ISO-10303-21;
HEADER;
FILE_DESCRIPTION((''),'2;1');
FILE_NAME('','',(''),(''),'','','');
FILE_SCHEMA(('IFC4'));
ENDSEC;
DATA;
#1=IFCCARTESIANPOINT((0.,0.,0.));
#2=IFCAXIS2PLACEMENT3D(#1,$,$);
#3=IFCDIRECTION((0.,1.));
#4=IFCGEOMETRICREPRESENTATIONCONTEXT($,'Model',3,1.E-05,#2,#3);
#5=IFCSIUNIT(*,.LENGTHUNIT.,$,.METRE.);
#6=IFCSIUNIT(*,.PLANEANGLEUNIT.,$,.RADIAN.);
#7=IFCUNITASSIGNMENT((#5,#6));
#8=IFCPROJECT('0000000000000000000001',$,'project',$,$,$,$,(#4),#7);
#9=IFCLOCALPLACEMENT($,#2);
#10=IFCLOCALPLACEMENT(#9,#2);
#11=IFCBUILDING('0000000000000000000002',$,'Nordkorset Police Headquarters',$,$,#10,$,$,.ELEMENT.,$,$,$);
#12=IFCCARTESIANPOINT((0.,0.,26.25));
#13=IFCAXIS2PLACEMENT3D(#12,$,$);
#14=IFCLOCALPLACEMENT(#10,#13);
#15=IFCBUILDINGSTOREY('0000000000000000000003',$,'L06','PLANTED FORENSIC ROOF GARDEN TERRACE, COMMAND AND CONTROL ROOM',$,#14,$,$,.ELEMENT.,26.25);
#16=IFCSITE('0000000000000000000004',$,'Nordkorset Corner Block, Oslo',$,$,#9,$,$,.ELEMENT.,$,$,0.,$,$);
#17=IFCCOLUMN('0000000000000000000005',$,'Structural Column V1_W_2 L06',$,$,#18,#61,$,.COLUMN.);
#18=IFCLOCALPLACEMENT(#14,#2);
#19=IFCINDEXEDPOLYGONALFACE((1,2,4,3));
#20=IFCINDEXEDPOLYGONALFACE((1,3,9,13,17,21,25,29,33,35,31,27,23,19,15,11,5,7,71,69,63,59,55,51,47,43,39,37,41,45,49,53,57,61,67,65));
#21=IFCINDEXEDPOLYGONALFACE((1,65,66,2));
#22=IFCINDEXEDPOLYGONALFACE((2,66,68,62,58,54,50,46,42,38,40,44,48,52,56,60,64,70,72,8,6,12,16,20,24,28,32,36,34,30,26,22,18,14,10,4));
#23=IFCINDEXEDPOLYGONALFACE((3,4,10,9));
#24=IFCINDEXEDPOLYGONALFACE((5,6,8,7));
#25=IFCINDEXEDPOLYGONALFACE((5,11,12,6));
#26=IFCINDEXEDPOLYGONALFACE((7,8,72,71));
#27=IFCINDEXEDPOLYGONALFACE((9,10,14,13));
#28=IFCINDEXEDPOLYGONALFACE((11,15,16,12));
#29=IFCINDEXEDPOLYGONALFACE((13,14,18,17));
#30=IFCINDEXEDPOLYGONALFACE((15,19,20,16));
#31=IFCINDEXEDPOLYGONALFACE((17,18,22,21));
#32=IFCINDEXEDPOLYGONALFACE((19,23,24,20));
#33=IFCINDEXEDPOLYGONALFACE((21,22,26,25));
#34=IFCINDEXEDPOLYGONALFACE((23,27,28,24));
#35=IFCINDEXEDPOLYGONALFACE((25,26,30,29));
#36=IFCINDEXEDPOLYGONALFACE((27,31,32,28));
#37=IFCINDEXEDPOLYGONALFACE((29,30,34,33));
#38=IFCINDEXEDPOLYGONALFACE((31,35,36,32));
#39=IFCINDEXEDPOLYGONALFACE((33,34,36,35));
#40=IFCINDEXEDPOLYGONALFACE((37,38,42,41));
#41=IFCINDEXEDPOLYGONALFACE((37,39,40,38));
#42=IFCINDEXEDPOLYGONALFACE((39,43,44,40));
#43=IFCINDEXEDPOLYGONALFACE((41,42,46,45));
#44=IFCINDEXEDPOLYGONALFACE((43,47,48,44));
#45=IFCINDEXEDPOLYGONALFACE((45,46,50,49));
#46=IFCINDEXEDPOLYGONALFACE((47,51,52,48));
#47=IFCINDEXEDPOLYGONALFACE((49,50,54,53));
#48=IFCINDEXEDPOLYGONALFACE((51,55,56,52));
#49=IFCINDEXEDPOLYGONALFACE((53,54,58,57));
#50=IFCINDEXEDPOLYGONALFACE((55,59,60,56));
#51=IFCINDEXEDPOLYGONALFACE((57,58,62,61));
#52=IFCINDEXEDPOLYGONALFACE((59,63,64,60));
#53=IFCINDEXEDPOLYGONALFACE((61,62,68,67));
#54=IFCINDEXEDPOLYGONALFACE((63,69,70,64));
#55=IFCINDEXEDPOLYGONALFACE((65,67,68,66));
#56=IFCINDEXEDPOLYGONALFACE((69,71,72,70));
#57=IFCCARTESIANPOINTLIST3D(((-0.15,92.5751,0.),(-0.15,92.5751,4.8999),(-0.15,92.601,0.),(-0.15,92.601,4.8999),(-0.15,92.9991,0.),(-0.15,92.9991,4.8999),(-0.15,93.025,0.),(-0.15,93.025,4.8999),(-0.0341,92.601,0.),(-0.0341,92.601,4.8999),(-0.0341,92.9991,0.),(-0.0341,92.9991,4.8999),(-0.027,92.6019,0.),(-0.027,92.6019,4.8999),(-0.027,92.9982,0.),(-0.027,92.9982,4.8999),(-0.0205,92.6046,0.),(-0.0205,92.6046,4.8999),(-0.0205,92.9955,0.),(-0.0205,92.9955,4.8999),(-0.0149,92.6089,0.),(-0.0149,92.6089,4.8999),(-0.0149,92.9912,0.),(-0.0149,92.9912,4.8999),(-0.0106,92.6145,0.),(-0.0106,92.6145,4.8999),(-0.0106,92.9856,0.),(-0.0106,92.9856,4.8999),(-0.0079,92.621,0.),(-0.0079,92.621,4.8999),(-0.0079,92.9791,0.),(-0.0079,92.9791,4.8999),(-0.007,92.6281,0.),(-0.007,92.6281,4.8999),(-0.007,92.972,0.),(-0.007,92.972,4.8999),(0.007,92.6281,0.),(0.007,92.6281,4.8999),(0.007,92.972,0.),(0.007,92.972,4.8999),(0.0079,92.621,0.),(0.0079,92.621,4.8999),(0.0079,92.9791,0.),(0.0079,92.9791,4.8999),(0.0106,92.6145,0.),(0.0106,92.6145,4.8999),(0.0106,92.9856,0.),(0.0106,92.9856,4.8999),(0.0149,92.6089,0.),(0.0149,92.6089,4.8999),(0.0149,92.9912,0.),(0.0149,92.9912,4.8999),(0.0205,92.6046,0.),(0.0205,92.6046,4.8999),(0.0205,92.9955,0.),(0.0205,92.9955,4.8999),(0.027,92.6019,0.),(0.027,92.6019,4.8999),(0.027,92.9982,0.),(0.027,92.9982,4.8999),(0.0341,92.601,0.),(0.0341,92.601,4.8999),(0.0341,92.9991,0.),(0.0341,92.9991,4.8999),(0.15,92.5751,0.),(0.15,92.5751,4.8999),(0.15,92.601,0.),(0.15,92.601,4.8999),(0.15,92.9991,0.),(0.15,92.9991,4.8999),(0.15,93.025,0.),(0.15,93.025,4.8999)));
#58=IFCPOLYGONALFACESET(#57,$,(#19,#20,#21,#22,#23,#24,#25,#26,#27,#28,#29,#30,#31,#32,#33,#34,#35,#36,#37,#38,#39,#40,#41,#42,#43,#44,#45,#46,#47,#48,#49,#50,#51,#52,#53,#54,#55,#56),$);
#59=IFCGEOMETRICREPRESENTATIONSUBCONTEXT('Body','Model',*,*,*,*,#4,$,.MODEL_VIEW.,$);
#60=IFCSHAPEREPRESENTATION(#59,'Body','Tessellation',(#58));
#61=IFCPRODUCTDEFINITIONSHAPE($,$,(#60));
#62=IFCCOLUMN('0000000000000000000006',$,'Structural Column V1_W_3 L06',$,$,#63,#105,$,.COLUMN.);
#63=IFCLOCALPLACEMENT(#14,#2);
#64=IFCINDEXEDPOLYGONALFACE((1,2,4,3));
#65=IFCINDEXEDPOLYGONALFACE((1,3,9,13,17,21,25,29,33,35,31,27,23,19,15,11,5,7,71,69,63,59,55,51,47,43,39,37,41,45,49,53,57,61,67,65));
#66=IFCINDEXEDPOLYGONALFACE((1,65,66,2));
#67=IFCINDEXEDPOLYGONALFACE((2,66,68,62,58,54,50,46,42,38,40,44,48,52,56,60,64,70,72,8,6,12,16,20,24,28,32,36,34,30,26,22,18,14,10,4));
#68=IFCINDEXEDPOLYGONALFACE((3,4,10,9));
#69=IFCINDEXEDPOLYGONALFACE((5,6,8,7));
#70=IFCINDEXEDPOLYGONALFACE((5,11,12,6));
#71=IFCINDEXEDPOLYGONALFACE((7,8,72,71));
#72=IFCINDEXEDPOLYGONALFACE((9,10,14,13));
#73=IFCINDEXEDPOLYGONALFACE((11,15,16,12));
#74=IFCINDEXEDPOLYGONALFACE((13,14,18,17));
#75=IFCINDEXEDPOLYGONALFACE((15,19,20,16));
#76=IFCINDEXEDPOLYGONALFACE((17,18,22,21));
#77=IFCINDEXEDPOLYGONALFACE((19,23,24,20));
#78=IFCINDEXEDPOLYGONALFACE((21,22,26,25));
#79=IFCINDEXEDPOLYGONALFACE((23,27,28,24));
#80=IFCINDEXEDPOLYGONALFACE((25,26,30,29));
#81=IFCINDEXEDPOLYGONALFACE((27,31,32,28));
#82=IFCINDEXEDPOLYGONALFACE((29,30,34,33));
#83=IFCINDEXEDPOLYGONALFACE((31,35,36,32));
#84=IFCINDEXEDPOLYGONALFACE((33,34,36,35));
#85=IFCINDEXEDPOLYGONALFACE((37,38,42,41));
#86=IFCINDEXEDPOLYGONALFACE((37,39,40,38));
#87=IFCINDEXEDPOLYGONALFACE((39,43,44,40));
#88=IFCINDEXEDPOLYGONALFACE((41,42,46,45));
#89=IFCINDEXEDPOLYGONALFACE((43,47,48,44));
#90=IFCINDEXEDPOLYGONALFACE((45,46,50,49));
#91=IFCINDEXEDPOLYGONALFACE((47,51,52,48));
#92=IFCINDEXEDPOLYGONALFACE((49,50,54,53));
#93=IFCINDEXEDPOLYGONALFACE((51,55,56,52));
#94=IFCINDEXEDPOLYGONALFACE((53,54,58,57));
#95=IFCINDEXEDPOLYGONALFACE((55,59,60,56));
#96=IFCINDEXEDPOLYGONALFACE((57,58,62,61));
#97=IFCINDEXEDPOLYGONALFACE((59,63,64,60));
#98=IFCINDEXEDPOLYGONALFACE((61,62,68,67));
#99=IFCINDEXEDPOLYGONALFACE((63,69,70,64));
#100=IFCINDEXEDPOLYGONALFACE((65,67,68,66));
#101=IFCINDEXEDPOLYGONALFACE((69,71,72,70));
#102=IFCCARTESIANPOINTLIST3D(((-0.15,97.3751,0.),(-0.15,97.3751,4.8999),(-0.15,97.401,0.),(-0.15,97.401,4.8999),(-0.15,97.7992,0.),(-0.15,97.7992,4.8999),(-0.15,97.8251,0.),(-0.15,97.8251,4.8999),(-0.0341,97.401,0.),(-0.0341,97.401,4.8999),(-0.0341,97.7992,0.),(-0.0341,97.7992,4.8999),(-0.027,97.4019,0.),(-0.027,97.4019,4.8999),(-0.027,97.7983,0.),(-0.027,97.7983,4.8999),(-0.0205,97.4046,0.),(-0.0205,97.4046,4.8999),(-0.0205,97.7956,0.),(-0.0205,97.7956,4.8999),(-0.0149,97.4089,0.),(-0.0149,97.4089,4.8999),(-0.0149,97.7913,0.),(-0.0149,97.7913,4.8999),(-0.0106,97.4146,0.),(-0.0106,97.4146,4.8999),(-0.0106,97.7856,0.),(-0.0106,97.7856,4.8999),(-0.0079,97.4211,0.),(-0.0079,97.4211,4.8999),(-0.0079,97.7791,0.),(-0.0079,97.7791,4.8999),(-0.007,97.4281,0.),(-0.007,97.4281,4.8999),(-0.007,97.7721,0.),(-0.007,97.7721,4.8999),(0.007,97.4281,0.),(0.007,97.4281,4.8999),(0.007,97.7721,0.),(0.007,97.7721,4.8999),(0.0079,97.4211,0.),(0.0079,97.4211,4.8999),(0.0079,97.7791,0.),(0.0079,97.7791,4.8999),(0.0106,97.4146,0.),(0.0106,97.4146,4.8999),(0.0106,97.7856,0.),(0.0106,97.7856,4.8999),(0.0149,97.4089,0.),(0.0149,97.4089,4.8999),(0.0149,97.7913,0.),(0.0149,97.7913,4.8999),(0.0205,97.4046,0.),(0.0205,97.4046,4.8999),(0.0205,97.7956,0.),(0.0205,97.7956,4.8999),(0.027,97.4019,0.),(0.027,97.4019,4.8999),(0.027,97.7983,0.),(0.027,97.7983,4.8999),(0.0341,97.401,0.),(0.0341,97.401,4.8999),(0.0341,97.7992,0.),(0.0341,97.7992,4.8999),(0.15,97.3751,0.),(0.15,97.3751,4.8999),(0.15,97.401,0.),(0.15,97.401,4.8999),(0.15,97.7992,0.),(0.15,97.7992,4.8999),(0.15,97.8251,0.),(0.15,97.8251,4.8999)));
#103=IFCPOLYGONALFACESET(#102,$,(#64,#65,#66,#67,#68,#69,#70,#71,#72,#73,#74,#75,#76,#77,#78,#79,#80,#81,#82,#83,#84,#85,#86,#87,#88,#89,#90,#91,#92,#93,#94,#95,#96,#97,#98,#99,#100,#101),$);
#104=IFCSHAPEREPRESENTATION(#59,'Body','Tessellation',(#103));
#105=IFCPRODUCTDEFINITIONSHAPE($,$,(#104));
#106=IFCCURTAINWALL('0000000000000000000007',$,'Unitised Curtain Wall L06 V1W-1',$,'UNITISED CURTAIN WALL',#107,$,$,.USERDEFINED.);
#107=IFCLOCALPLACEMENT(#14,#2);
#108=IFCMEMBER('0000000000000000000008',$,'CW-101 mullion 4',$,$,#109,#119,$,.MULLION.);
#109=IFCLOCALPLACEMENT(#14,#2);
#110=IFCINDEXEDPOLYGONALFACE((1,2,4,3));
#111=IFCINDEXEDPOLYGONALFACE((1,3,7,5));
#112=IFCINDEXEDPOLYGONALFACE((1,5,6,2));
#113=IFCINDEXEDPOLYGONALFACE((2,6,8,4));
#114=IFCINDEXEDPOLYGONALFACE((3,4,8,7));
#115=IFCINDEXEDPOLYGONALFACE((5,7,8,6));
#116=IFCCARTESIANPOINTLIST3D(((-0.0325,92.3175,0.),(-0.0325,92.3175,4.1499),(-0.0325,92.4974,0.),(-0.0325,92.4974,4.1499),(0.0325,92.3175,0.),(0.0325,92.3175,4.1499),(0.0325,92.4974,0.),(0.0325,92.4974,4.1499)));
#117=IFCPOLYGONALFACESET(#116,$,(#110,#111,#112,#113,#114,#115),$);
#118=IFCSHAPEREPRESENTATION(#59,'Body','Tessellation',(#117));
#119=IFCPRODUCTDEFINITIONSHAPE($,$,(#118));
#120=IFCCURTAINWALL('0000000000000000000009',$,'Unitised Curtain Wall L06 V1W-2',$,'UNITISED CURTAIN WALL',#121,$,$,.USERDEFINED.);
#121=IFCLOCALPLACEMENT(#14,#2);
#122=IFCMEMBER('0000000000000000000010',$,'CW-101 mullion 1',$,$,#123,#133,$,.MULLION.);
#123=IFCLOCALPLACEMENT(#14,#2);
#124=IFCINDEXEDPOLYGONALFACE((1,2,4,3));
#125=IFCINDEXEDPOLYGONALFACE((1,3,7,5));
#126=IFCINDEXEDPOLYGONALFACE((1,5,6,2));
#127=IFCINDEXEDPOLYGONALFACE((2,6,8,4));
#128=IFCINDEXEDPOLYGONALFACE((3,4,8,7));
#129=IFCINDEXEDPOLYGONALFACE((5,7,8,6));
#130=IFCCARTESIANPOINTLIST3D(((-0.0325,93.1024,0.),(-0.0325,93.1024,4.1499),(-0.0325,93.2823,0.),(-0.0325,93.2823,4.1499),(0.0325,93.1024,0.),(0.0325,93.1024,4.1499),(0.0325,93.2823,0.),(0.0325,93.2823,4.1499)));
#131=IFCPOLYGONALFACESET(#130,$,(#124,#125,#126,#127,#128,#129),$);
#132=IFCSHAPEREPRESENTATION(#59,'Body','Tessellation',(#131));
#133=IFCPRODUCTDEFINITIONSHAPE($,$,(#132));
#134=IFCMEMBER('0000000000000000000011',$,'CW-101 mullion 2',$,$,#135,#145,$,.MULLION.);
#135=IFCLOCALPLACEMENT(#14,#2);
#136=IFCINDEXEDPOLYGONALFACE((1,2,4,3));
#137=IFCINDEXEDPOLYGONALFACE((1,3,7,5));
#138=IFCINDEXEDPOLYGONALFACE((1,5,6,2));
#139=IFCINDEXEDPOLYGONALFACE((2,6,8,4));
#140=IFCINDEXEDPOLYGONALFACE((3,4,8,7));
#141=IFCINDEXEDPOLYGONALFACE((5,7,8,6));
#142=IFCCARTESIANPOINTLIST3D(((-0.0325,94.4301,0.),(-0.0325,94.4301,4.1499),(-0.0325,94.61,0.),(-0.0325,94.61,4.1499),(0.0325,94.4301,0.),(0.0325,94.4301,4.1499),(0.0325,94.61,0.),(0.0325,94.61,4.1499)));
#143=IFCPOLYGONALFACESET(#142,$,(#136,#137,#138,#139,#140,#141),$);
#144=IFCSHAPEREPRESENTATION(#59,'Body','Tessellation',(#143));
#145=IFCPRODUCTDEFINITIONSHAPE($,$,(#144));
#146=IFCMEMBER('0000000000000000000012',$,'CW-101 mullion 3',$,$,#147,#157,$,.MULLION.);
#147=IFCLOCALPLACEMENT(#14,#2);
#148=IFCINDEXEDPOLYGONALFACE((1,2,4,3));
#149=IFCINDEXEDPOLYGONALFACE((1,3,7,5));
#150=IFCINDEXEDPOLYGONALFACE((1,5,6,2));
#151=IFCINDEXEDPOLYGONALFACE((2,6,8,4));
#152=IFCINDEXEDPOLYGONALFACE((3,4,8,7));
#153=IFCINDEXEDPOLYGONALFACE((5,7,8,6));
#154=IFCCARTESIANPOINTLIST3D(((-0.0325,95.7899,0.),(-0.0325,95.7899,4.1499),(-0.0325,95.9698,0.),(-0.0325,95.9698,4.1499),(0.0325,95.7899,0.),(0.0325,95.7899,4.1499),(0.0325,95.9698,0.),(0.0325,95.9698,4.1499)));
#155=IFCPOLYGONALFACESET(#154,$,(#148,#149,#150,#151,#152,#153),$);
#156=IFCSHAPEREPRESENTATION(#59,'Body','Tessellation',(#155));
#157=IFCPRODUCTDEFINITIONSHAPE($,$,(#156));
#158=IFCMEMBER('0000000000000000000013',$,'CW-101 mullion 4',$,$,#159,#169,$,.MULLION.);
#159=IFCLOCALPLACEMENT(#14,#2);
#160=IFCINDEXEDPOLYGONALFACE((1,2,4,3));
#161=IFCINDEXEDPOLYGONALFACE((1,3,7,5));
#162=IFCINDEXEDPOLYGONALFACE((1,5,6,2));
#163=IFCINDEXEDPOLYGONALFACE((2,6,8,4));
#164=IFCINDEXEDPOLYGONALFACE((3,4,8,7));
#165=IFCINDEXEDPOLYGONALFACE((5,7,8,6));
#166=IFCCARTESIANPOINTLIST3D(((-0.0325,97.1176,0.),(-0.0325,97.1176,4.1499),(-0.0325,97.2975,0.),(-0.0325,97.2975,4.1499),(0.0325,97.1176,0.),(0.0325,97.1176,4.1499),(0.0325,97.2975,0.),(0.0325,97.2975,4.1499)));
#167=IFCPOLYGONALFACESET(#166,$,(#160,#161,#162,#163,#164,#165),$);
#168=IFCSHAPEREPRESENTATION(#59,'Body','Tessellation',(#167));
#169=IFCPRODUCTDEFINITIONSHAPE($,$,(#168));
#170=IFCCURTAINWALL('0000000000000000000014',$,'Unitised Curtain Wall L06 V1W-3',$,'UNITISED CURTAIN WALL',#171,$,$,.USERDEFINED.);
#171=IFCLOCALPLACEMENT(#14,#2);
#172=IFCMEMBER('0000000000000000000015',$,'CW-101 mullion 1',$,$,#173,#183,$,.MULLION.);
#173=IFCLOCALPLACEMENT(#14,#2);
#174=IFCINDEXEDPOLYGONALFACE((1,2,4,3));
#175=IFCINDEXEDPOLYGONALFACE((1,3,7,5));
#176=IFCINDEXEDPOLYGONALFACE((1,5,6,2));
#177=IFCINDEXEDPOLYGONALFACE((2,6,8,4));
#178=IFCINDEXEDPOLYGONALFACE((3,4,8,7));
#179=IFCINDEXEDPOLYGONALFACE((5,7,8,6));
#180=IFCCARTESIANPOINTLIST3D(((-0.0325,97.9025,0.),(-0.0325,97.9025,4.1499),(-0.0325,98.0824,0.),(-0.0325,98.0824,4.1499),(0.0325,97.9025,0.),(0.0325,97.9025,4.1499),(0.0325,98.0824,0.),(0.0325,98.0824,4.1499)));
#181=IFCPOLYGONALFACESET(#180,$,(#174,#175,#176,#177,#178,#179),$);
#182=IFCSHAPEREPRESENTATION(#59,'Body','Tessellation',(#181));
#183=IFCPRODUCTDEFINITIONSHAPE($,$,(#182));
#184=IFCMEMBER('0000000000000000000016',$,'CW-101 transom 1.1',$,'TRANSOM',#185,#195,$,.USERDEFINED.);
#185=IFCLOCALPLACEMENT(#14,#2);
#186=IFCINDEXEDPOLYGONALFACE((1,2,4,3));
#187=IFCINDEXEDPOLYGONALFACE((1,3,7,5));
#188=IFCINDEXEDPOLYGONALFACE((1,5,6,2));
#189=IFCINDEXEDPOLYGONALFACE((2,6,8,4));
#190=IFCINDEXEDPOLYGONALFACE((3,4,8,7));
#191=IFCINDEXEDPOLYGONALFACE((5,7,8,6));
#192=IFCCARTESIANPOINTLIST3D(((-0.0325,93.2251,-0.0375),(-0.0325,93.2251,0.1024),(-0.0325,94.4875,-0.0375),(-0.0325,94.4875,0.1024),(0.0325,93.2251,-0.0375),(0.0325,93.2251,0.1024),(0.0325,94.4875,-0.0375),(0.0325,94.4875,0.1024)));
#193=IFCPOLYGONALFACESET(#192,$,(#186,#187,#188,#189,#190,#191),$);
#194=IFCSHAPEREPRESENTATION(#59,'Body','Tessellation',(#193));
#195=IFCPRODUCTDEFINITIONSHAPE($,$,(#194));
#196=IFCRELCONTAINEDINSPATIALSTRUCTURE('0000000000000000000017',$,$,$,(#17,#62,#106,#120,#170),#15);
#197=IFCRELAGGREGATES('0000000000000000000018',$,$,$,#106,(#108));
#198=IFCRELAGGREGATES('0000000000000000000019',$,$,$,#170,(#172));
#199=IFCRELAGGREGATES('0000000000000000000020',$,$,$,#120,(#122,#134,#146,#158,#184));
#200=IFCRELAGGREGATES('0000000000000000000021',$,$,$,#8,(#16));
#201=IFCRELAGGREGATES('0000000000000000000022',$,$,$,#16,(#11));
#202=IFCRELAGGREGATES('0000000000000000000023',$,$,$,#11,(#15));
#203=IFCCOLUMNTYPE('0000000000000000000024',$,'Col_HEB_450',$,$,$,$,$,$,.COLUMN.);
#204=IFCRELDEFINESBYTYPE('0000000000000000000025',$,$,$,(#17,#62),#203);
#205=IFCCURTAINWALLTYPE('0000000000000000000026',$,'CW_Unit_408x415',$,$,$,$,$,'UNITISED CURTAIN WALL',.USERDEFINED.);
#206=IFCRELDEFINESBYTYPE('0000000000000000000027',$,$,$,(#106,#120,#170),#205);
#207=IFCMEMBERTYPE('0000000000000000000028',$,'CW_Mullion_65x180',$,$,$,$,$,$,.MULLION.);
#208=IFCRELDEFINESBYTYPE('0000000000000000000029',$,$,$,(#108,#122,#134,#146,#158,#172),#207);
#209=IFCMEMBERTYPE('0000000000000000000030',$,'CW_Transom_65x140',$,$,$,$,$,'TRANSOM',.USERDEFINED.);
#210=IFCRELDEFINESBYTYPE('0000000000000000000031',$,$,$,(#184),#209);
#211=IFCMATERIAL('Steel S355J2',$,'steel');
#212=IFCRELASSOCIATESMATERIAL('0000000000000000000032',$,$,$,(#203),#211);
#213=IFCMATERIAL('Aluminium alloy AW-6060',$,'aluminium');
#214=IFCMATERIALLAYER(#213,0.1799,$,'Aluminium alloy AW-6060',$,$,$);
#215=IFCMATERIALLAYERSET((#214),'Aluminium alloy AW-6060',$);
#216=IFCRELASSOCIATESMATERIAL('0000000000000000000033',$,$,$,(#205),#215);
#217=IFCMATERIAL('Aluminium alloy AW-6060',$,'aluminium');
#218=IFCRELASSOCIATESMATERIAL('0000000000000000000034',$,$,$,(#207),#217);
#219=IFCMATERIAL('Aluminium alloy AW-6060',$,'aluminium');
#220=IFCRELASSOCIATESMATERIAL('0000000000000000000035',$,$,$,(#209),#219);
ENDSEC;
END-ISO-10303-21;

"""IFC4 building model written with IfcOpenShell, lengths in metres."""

from ifc_helpers import new_model, si_unit, direction, frame, origin, origin_2d, place, context, subcontext, project, spatial, rectangle, i_section, extrude, material, layer, layer_set, material_profile, profile_set, type_object, element, aggregate, save


model = new_model("IFC4")

# Units and contexts
model_context = context("Model", 3, precision=1e-05, world=origin(), true_north=direction((0.0, 1.0)))
body_context = subcontext(model_context, "Body", "Model", "MODEL_VIEW")
ifc_project = project(units=[si_unit("LENGTHUNIT", "METRE"), si_unit("PLANEANGLEUNIT", "RADIAN")], contexts=[model_context])

# Site, building, storey
site_placement = place(None, origin())
site = spatial("IfcSite", under=ifc_project, at=site_placement, Name="Nordkorset Corner Block, Oslo", CompositionType="ELEMENT", RefElevation=0.0)
building_placement = place(site_placement, origin())
building = spatial("IfcBuilding", under=site, at=building_placement, Name="Nordkorset Police Headquarters", CompositionType="ELEMENT")
storey_placement = place(building_placement, frame((0.0, 0.0, 26.25)))
storey = spatial("IfcBuildingStorey", under=building, at=storey_placement, Name="L06", Description="PLANTED FORENSIC ROOF GARDEN TERRACE, COMMAND AND CONTROL ROOM", CompositionType="ELEMENT", Elevation=26.25)

# Columns
ifc_material_1 = material(Name="Steel S355J2", Category="steel")
ifc_material_profile_1 = material_profile(ifc_material_1, i_section(OverallWidth=0.3, OverallDepth=0.45, WebThickness=0.0139, FlangeThickness=0.0259, FilletRadius=0.0271, at=origin_2d()), Name="HEB 450")
ifc_profile_set_1 = profile_set([ifc_material_profile_1], Name="Steel S355J2")
column_type = type_object("IfcColumnType", Name="Col_HEB_450", PredefinedType="COLUMN", material=ifc_profile_set_1)
for number, where, z_axis, x_axis, name in (
    (1, (0.0, 92.8, 0.0), (0.0, 0.0, 1.0), (1.0, 0.0, 0.0), "Structural Column V1_W_2 L06"),
    (2, (0.0, 97.6001, 0.0), (0.0, 0.0, 1.0), (1.0, 0.0, 0.0), "Structural Column V1_W_3 L06"),
):
    element("IfcColumn", number, at=place(storey_placement, frame(where, z_axis=z_axis, x_axis=x_axis)), inside=storey, type_object=column_type, Name=name, PredefinedType="COLUMN", context=body_context, shape_type="SweptSolid", body=[
        extrude(i_section(OverallWidth=0.3, OverallDepth=0.45, WebThickness=0.0139, FlangeThickness=0.0259, FilletRadius=0.0271, at=origin_2d()), origin(), (0.0, 0.0, 1.0), 4.8999),
    ])

# Curtain wall, member
ifc_material_2 = material(Name="Aluminium alloy AW-6060", Category="aluminium")
ifc_layer_1 = layer(ifc_material_2, 0.1799, Name="Aluminium alloy AW-6060")
ifc_layer_set_1 = layer_set([ifc_layer_1], Name="Aluminium alloy AW-6060")
curtain_wall_type = type_object("IfcCurtainWallType", Name="CW_Unit_408x415", ElementType="UNITISED CURTAIN WALL", PredefinedType="USERDEFINED", material=ifc_layer_set_1)
curtain_wall_1_placement = place(storey_placement, origin())
curtain_wall_1 = element("IfcCurtainWall", 3, at=curtain_wall_1_placement, inside=storey, type_object=curtain_wall_type, Name="Unitised Curtain Wall L06 V1W-1", ObjectType="UNITISED CURTAIN WALL", PredefinedType="USERDEFINED")
ifc_material_3 = material(Name="Aluminium alloy AW-6060", Category="aluminium")
ifc_material_profile_2 = material_profile(ifc_material_3, rectangle(XDim=0.0649, YDim=0.1799, at=origin_2d()), Name="ALU MULL 65x180")
ifc_profile_set_2 = profile_set([ifc_material_profile_2], Name="Aluminium alloy AW-6060")
member_type_1 = type_object("IfcMemberType", Name="CW_Mullion_65x180", PredefinedType="MULLION", material=ifc_profile_set_2)
member_1_placement = place(storey_placement, frame((0.0, 92.4075, 0.0), z_axis=(0.0, 0.0, 1.0), x_axis=(-1.0, 0.0, 0.0)))
member_1 = element("IfcMember", 4, at=member_1_placement, type_object=member_type_1, Name="CW-101 mullion 4", PredefinedType="MULLION", context=body_context, shape_type="SweptSolid", body=[
    extrude(rectangle(XDim=0.0649, YDim=0.1799, at=origin_2d()), origin(), (0.0, 0.0, 1.0), 4.1499),
])
aggregate(curtain_wall_1, [member_1])

# Curtain wall, members
curtain_wall_2_placement = place(storey_placement, origin())
curtain_wall_2 = element("IfcCurtainWall", 5, at=curtain_wall_2_placement, inside=storey, type_object=curtain_wall_type, Name="Unitised Curtain Wall L06 V1W-2", ObjectType="UNITISED CURTAIN WALL", PredefinedType="USERDEFINED")
member_2_placement = place(storey_placement, frame((0.0, 93.1924, 0.0), z_axis=(0.0, 0.0, 1.0), x_axis=(-1.0, 0.0, 0.0)))
member_2 = element("IfcMember", 6, at=member_2_placement, type_object=member_type_1, Name="CW-101 mullion 1", PredefinedType="MULLION", context=body_context, shape_type="SweptSolid", body=[
    extrude(rectangle(XDim=0.0649, YDim=0.1799, at=origin_2d()), origin(), (0.0, 0.0, 1.0), 4.1499),
])
member_3_placement = place(storey_placement, frame((0.0, 94.52, 0.0), z_axis=(0.0, 0.0, 1.0), x_axis=(-1.0, 0.0, 0.0)))
member_3 = element("IfcMember", 7, at=member_3_placement, type_object=member_type_1, Name="CW-101 mullion 2", PredefinedType="MULLION", context=body_context, shape_type="SweptSolid", body=[
    extrude(rectangle(XDim=0.0649, YDim=0.1799, at=origin_2d()), origin(), (0.0, 0.0, 1.0), 4.1499),
])
member_4_placement = place(storey_placement, frame((0.0, 95.8799, 0.0), z_axis=(0.0, 0.0, 1.0), x_axis=(-1.0, 0.0, 0.0)))
member_4 = element("IfcMember", 8, at=member_4_placement, type_object=member_type_1, Name="CW-101 mullion 3", PredefinedType="MULLION", context=body_context, shape_type="SweptSolid", body=[
    extrude(rectangle(XDim=0.0649, YDim=0.1799, at=origin_2d()), origin(), (0.0, 0.0, 1.0), 4.1499),
])
member_5_placement = place(storey_placement, frame((0.0, 97.2075, 0.0), z_axis=(0.0, 0.0, 1.0), x_axis=(-1.0, 0.0, 0.0)))
member_5 = element("IfcMember", 9, at=member_5_placement, type_object=member_type_1, Name="CW-101 mullion 4", PredefinedType="MULLION", context=body_context, shape_type="SweptSolid", body=[
    extrude(rectangle(XDim=0.0649, YDim=0.1799, at=origin_2d()), origin(), (0.0, 0.0, 1.0), 4.1499),
])

# Curtain wall, member
curtain_wall_3_placement = place(storey_placement, origin())
curtain_wall_3 = element("IfcCurtainWall", 10, at=curtain_wall_3_placement, inside=storey, type_object=curtain_wall_type, Name="Unitised Curtain Wall L06 V1W-3", ObjectType="UNITISED CURTAIN WALL", PredefinedType="USERDEFINED")
member_6_placement = place(storey_placement, frame((0.0, 97.9924, 0.0), z_axis=(0.0, 0.0, 1.0), x_axis=(-1.0, 0.0, 0.0)))
member_6 = element("IfcMember", 11, at=member_6_placement, type_object=member_type_1, Name="CW-101 mullion 1", PredefinedType="MULLION", context=body_context, shape_type="SweptSolid", body=[
    extrude(rectangle(XDim=0.0649, YDim=0.1799, at=origin_2d()), origin(), (0.0, 0.0, 1.0), 4.1499),
])

# Member
ifc_material_4 = material(Name="Aluminium alloy AW-6060", Category="aluminium")
ifc_material_profile_3 = material_profile(ifc_material_4, rectangle(XDim=0.0649, YDim=0.1399, at=origin_2d()), Name="ALU TRAN 65x140")
ifc_profile_set_3 = profile_set([ifc_material_profile_3], Name="Aluminium alloy AW-6060")
member_type_2 = type_object("IfcMemberType", Name="CW_Transom_65x140", ElementType="TRANSOM", PredefinedType="USERDEFINED", material=ifc_profile_set_3)
member_7_placement = place(storey_placement, frame((0.0, 93.2251, 0.0325), z_axis=(0.0, 1.0, 0.0), x_axis=(-1.0, 0.0, 0.0)))
member_7 = element("IfcMember", 12, at=member_7_placement, type_object=member_type_2, Name="CW-101 transom 1.1", ObjectType="TRANSOM", PredefinedType="USERDEFINED", context=body_context, shape_type="SweptSolid", body=[
    extrude(rectangle(XDim=0.0649, YDim=0.1399, at=origin_2d()), origin(), (0.0, 0.0, 1.0), 1.2625),
])
aggregate(curtain_wall_3, [member_6])

aggregate(curtain_wall_2, [member_2, member_3, member_4, member_5, member_7])

save(model, "model.ifc")
